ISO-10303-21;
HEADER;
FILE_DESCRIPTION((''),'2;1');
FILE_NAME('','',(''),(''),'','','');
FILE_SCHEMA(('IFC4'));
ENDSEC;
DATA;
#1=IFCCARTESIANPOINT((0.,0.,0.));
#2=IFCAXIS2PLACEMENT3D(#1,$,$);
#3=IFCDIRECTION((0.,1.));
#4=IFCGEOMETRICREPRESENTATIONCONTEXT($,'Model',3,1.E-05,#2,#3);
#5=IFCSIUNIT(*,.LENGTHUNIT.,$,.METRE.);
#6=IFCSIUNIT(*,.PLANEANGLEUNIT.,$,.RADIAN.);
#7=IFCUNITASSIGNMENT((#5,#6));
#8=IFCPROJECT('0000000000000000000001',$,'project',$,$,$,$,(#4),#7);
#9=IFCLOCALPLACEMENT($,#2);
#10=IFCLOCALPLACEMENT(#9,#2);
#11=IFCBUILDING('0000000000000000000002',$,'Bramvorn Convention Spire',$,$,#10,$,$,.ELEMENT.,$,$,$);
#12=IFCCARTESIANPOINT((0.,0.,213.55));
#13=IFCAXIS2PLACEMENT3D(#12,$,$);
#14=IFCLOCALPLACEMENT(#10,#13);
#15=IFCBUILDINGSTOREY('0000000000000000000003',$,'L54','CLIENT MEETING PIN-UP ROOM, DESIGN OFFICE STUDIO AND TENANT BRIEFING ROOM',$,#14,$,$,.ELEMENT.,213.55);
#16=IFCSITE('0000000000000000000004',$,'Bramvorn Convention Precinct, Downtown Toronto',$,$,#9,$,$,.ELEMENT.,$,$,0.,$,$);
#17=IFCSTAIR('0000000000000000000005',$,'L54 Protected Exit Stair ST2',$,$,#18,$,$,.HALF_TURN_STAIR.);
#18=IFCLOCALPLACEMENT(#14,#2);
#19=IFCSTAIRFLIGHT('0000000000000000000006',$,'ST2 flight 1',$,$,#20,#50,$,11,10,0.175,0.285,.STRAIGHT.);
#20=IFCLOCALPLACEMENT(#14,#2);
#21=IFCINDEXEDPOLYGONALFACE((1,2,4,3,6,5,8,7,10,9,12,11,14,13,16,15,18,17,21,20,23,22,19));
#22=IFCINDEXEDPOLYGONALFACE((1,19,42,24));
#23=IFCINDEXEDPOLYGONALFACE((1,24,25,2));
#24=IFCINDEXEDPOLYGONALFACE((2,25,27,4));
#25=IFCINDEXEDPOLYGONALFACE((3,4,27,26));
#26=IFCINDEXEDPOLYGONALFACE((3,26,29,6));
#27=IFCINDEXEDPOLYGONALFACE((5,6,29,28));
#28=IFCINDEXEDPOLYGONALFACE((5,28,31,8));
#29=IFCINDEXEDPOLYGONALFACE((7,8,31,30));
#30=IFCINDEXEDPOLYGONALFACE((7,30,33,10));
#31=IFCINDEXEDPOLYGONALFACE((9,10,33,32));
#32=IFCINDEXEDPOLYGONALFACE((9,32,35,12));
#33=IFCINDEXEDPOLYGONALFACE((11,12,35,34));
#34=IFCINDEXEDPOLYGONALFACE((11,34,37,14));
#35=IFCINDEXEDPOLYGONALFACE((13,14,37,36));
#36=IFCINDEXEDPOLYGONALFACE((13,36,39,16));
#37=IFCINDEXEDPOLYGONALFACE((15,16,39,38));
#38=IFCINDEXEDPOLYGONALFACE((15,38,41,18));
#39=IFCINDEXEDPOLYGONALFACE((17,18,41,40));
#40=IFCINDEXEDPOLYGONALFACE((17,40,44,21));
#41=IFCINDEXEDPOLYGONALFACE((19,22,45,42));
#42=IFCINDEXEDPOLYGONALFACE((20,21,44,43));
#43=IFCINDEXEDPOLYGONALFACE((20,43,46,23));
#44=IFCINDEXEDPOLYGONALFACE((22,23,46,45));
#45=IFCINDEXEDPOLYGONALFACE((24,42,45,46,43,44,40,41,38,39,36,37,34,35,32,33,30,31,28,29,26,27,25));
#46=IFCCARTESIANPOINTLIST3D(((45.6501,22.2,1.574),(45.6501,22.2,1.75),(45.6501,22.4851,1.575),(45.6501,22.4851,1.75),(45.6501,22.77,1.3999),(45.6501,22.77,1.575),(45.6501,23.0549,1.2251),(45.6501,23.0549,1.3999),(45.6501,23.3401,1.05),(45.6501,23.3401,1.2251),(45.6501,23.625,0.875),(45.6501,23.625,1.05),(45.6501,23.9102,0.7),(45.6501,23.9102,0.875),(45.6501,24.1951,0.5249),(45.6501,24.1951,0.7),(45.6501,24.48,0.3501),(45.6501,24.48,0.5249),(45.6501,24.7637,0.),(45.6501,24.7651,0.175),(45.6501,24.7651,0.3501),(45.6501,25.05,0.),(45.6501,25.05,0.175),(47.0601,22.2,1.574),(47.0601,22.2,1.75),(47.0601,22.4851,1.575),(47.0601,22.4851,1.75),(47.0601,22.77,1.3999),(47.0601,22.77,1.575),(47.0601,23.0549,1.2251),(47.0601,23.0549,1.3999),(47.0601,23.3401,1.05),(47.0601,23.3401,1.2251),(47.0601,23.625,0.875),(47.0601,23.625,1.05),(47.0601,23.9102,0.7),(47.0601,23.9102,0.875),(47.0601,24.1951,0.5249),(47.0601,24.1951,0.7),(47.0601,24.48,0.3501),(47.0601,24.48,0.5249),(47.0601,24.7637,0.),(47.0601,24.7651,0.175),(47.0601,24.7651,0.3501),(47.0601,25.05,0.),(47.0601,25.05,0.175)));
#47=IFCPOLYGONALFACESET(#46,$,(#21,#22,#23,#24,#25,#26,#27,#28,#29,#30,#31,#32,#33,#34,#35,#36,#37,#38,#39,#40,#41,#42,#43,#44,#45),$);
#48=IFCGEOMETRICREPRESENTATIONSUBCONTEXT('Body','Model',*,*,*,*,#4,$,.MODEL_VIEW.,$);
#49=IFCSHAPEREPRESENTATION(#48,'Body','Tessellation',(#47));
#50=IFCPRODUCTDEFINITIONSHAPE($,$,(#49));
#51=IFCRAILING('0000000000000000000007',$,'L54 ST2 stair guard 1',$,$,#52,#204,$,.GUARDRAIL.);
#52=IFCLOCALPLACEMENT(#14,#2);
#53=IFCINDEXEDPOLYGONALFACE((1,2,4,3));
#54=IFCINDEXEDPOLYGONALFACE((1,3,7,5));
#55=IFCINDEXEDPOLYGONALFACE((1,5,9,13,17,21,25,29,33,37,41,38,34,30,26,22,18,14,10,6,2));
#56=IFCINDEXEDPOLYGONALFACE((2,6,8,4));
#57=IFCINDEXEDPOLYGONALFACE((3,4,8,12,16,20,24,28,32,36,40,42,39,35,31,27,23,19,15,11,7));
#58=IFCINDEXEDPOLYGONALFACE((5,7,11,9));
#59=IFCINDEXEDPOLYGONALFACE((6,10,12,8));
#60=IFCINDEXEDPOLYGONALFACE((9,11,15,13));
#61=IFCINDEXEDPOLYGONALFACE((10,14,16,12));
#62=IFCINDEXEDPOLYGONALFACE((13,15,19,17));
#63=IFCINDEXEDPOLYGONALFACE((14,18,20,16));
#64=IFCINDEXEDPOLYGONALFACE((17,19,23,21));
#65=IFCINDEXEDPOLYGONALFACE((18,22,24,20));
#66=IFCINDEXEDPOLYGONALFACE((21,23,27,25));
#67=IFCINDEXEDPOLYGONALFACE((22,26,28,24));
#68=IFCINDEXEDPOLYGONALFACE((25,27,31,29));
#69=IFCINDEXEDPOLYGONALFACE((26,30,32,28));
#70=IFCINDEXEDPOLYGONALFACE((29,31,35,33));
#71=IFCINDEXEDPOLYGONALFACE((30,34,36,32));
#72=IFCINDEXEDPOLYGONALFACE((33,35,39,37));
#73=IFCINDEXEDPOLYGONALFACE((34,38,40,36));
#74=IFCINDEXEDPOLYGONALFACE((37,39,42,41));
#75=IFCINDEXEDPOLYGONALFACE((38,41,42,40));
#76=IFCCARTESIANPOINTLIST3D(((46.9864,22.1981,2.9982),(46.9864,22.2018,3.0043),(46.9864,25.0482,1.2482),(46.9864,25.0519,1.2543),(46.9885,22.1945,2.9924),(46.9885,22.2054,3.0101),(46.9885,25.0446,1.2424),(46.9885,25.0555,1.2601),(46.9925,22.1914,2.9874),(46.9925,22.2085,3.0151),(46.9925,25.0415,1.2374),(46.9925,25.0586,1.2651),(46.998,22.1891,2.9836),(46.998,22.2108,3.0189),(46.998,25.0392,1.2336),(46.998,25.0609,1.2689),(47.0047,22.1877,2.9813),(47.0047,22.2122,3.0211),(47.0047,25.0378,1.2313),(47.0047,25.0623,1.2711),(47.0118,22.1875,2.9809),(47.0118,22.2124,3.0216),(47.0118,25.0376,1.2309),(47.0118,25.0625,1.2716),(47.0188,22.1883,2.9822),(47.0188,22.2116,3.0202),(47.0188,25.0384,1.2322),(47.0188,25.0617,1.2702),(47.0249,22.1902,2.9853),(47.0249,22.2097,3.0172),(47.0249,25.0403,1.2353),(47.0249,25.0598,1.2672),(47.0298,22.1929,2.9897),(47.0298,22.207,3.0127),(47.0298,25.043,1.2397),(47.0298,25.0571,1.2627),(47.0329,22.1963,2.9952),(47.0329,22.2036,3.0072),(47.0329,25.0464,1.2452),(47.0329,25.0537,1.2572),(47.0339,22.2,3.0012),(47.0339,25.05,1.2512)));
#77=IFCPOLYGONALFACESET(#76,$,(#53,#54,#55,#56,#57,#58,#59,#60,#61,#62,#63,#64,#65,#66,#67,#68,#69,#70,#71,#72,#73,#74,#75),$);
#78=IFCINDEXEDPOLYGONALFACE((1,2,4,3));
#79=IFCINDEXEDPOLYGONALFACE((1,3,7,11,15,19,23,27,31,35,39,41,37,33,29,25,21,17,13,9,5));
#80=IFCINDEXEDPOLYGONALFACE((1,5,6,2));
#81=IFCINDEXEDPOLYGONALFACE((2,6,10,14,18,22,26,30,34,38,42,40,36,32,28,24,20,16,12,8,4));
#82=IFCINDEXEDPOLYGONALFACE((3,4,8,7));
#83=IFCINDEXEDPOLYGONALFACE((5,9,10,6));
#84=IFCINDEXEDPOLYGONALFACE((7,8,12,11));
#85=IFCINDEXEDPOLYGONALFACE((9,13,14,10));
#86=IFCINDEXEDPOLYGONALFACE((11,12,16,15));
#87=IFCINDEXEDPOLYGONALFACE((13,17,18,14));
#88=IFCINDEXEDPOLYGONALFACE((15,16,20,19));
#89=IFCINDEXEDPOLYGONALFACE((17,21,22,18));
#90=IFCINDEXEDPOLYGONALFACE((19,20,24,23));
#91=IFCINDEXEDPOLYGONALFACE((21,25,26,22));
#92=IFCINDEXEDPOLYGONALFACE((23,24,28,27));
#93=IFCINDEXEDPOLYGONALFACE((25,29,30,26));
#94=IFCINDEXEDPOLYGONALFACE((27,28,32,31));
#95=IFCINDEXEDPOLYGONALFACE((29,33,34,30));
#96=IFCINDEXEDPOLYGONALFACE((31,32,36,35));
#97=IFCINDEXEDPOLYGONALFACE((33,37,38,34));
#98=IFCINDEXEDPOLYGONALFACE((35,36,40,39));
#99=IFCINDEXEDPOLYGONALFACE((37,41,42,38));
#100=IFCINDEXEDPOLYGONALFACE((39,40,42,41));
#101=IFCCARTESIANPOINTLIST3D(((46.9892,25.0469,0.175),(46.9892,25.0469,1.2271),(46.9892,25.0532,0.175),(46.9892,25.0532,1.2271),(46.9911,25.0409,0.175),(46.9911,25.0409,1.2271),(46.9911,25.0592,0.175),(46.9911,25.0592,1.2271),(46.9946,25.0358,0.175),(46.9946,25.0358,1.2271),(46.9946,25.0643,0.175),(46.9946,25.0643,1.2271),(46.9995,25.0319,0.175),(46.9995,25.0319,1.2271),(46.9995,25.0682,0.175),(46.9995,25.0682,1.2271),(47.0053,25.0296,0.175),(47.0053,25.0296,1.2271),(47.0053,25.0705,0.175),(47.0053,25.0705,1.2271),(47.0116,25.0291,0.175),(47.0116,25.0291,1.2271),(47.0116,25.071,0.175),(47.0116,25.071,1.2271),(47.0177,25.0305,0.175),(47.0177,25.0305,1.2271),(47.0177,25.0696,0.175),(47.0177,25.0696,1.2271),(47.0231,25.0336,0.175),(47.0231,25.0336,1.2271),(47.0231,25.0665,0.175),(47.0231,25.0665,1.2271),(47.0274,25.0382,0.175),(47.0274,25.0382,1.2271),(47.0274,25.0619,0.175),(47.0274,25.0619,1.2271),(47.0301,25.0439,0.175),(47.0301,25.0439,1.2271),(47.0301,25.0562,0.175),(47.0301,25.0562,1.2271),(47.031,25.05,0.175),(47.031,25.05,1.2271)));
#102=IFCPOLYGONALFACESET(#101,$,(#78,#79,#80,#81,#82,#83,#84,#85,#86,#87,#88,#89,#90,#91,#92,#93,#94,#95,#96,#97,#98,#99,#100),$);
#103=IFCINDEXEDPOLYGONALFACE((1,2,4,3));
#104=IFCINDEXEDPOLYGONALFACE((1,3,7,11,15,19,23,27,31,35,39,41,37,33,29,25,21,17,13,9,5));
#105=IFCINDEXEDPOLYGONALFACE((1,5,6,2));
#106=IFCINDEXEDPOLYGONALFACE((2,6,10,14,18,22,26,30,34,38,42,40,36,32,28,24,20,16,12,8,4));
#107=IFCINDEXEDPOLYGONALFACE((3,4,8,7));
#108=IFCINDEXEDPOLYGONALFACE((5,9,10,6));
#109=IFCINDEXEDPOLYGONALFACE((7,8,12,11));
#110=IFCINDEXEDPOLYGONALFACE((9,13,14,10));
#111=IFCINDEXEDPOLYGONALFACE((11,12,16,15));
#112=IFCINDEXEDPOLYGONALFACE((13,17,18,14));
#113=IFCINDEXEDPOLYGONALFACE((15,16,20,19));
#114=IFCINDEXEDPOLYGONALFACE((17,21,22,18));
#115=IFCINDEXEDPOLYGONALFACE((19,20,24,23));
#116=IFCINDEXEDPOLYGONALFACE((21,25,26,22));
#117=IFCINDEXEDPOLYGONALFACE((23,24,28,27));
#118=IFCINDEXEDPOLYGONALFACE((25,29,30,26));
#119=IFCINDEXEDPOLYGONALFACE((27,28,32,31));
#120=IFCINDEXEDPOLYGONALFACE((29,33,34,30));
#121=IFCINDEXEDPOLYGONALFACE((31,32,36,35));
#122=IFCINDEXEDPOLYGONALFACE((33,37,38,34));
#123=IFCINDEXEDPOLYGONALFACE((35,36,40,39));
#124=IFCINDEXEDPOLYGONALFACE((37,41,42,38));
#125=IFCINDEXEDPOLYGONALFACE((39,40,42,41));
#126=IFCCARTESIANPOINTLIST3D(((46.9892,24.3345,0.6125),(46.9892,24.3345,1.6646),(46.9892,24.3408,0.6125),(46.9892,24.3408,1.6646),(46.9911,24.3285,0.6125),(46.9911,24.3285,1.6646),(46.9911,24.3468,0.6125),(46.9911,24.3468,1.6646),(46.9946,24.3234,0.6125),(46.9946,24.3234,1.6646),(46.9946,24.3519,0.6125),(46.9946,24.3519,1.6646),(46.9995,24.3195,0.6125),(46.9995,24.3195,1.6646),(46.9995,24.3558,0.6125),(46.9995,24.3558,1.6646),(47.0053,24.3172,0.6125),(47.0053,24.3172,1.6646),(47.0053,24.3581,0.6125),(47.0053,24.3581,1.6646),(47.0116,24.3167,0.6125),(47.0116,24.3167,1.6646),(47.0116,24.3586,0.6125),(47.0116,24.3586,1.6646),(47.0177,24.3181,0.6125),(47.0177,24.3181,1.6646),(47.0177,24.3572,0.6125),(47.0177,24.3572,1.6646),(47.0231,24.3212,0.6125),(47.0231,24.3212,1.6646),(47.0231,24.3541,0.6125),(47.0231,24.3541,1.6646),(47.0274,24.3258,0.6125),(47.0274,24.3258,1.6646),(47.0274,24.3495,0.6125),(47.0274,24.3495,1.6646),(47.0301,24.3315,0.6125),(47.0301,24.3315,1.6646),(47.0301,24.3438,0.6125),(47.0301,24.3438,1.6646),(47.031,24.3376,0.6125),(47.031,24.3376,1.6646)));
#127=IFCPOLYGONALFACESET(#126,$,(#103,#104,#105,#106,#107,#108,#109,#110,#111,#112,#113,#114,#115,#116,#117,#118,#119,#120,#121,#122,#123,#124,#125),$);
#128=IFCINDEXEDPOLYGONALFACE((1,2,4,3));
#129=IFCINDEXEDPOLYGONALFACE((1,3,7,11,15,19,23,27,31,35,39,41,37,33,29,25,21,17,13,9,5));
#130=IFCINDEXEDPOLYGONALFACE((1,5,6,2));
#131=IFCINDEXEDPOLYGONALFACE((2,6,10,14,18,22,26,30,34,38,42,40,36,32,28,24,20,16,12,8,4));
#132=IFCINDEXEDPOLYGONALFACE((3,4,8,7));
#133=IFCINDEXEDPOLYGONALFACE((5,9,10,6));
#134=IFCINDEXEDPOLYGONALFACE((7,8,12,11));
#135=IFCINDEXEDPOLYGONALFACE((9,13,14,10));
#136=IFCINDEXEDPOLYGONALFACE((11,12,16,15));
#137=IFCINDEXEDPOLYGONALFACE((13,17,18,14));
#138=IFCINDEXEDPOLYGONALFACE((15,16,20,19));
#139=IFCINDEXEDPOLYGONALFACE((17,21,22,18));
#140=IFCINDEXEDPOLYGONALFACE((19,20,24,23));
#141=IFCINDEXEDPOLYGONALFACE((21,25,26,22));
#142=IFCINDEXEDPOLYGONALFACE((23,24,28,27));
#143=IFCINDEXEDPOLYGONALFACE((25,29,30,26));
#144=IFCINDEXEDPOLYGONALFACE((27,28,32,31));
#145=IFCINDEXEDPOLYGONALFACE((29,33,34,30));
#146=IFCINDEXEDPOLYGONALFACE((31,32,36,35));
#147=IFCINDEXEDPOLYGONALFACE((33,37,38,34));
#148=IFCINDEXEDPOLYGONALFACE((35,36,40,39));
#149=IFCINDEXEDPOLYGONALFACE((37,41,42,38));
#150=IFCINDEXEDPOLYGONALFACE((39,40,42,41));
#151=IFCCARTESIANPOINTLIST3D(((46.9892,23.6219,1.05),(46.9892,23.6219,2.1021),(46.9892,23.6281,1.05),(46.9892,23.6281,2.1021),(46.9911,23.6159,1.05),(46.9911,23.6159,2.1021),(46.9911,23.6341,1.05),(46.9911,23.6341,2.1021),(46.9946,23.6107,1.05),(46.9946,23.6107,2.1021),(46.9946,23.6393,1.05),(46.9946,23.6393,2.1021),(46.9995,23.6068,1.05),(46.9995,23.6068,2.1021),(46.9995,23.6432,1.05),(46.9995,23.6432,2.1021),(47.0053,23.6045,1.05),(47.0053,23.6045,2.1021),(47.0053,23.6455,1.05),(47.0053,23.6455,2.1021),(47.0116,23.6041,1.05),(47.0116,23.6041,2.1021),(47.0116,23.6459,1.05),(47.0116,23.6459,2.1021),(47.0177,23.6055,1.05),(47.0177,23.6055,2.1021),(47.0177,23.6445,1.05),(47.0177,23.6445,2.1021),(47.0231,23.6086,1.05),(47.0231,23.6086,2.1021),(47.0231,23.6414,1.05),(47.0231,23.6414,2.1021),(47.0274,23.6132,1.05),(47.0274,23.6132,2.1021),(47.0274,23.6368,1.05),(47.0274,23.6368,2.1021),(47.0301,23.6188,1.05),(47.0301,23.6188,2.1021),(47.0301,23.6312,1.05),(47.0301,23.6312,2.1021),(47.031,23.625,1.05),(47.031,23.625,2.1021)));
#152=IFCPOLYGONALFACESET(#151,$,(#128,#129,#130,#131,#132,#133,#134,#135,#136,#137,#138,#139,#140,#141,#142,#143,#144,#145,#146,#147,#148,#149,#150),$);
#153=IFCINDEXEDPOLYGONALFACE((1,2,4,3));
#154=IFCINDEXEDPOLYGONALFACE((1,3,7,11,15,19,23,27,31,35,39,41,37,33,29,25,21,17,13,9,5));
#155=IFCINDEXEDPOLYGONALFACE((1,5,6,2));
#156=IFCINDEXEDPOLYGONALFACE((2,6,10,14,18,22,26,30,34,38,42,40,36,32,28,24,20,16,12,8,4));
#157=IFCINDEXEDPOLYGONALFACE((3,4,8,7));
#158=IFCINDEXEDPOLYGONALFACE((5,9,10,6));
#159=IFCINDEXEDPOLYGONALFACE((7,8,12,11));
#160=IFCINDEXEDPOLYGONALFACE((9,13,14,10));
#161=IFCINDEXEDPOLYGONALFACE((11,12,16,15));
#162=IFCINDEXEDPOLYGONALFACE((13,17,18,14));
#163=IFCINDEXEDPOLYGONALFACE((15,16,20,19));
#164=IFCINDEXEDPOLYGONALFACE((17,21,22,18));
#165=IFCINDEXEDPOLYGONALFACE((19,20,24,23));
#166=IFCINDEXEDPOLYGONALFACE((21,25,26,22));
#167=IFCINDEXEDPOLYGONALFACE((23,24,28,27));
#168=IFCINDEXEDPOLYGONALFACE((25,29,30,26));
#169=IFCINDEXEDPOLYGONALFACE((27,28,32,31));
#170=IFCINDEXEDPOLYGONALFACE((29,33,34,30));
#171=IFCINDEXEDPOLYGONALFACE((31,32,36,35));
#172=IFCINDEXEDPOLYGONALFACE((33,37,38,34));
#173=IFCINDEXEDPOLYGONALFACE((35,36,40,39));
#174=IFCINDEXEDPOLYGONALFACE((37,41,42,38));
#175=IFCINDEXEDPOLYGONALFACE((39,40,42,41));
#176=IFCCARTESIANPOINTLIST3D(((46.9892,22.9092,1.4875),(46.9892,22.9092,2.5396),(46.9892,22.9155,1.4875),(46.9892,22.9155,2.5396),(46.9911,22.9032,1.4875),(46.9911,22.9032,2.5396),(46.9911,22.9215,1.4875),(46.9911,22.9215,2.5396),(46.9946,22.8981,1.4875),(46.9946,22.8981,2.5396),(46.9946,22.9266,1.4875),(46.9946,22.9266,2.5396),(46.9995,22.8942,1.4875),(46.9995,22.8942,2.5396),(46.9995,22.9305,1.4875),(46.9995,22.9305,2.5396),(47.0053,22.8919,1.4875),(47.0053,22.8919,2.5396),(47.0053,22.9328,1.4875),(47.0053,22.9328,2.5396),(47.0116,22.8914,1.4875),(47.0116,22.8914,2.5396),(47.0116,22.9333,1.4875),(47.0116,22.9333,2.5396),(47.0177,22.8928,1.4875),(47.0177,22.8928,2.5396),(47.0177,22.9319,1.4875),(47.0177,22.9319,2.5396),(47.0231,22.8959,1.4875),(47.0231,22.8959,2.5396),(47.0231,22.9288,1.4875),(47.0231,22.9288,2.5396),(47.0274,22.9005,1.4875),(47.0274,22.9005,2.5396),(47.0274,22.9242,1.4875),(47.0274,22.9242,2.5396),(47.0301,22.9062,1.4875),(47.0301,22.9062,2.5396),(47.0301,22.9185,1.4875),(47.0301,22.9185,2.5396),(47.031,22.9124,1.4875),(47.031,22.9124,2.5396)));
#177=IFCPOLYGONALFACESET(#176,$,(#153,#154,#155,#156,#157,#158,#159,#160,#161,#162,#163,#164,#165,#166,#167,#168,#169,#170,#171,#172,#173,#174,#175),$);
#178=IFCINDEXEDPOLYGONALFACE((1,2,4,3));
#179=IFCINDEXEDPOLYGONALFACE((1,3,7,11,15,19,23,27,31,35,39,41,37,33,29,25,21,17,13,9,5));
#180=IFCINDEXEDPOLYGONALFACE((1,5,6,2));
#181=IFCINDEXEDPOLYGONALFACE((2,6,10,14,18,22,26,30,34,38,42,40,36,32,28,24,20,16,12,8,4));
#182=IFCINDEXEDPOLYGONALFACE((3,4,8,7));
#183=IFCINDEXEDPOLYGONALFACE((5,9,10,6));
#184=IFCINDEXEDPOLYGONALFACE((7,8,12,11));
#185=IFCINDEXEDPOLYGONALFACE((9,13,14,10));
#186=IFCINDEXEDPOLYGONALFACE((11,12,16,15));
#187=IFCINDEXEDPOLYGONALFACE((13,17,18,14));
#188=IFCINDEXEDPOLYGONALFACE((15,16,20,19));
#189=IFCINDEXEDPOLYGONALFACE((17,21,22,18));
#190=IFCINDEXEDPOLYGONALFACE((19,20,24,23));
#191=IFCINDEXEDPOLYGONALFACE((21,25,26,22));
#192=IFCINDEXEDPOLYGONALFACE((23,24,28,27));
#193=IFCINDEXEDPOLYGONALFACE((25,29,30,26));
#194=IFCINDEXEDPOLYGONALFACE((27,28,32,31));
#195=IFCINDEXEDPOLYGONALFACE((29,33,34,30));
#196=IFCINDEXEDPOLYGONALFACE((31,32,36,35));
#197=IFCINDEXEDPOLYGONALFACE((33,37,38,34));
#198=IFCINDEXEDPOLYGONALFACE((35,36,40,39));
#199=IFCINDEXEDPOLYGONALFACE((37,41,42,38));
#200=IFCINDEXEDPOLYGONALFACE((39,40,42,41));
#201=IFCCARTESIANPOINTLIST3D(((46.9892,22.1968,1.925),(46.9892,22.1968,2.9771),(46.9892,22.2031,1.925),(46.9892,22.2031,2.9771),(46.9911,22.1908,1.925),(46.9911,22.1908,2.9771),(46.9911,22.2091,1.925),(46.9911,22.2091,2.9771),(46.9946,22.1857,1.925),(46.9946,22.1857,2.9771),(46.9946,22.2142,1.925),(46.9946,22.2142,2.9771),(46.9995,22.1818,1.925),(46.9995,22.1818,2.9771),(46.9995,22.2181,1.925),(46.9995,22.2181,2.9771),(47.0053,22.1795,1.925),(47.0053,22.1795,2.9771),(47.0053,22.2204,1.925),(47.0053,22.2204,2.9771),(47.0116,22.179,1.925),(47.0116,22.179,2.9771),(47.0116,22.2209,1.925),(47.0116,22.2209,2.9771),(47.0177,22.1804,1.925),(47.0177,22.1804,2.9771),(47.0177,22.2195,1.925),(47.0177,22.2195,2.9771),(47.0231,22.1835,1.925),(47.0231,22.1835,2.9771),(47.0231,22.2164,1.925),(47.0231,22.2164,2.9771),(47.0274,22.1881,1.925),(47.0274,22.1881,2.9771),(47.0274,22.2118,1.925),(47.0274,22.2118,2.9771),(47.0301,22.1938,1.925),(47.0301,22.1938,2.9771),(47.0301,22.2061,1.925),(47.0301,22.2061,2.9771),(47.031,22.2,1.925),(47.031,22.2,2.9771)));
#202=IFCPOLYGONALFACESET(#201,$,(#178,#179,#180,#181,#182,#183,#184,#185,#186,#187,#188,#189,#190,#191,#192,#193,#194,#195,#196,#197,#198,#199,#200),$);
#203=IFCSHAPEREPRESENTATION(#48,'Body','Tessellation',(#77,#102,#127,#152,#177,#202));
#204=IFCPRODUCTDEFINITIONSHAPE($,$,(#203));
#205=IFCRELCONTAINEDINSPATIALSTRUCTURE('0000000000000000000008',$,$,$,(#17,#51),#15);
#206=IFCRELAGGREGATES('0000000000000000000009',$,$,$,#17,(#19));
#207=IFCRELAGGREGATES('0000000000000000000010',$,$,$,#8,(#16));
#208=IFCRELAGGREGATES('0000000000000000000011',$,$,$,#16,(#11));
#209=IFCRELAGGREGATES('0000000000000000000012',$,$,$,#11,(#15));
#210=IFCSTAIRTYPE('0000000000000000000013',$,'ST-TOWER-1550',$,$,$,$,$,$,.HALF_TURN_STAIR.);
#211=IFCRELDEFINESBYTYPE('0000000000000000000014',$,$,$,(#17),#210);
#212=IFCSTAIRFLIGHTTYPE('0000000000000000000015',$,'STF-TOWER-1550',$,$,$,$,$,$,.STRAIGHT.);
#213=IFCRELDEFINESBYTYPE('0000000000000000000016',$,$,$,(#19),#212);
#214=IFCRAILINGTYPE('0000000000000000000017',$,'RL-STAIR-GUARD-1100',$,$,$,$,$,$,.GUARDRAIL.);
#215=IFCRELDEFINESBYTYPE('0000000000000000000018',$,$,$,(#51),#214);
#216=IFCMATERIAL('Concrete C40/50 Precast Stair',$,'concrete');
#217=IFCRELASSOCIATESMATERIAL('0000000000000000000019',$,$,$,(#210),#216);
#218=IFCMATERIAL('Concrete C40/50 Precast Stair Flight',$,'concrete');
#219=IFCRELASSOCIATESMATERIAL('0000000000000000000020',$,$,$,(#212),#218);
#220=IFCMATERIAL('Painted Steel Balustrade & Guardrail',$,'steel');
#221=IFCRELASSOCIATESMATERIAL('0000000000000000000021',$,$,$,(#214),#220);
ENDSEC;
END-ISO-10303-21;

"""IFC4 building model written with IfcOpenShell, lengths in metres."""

from ifc_helpers import new_model, si_unit, direction, frame, origin, origin_2d, place, context, subcontext, project, spatial, polyline, circle, outline, extrude, material, type_object, element, aggregate, save


model = new_model("IFC4")

# Units and contexts
model_context = context("Model", 3, precision=1e-05, world=origin(), true_north=direction((0.0, 1.0)))
body_context = subcontext(model_context, "Body", "Model", "MODEL_VIEW")
ifc_project = project(units=[si_unit("LENGTHUNIT", "METRE"), si_unit("PLANEANGLEUNIT", "RADIAN")], contexts=[model_context])

# Site, building, storey
site_placement = place(None, origin())
site = spatial("IfcSite", under=ifc_project, at=site_placement, Name="Bramvorn Convention Precinct, Downtown Toronto", CompositionType="ELEMENT", RefElevation=0.0)
building_placement = place(site_placement, origin())
building = spatial("IfcBuilding", under=site, at=building_placement, Name="Bramvorn Convention Spire", CompositionType="ELEMENT")
storey_placement = place(building_placement, frame((0.0, 0.0, 213.55)))
storey = spatial("IfcBuildingStorey", under=building, at=storey_placement, Name="L54", Description="CLIENT MEETING PIN-UP ROOM, DESIGN OFFICE STUDIO AND TENANT BRIEFING ROOM", CompositionType="ELEMENT", Elevation=213.55)

# Stair, stair flight
ifc_material_1 = material(Name="Concrete C40/50 Precast Stair", Category="concrete")
stair_type = type_object("IfcStairType", Name="ST-TOWER-1550", PredefinedType="HALF_TURN_STAIR", material=ifc_material_1)
stair_placement = place(storey_placement, origin())
stair = element("IfcStair", 1, at=stair_placement, inside=storey, type_object=stair_type, Name="L54 Protected Exit Stair ST2", PredefinedType="HALF_TURN_STAIR")
ifc_material_2 = material(Name="Concrete C40/50 Precast Stair Flight", Category="concrete")
stair_flight_type = type_object("IfcStairFlightType", Name="STF-TOWER-1550", PredefinedType="STRAIGHT", material=ifc_material_2)
stair_flight_placement = place(storey_placement, frame((46.355, 25.05, 0.0), z_axis=(0.0, 0.0, 1.0), x_axis=(0.0, -1.0, 0.0)))
stair_flight = element("IfcStairFlight", 2, at=stair_flight_placement, type_object=stair_flight_type, Name="ST2 flight 1", NumberOfRisers=11, NumberOfTreads=10, PredefinedType="STRAIGHT", RiserHeight=0.175, TreadLength=0.285, context=body_context, shape_type="SweptSolid", body=[
    extrude(outline(polyline([(0.0, 0.0), (0.0, 0.175), (0.2849, 0.175), (0.2849, 0.3501), (0.5701, 0.3501), (0.5701, 0.5249), (0.855, 0.5249), (0.855, 0.7), (1.1399, 0.7), (1.1399, 0.875), (1.425, 0.875), (1.425, 1.05), (1.71, 1.05), (1.71, 1.2251), (1.9951, 1.2251), (1.9951, 1.3999), (2.28, 1.3999), (2.28, 1.575), (2.5649, 1.575), (2.5649, 1.75), (2.8501, 1.75), (2.8501, 1.925), (2.8501, 1.574), (0.2864, 0.0), (0.0, 0.0)])), frame((0.0, 0.7051, 0.0), z_axis=(0.0, -1.0, 0.0), x_axis=(1.0, 0.0, 0.0)), (0.0, 0.0, 1.0), 1.4099),
])
aggregate(stair, [stair_flight])

# Railing
ifc_material_3 = material(Name="Painted Steel Balustrade & Guardrail", Category="steel")
railing_type_1 = type_object("IfcRailingType", Name="RL-STAIR-GUARD-1100", PredefinedType="GUARDRAIL", material=ifc_material_3)
railing_1_placement = place(storey_placement, frame((47.01, 25.05, 0.175)))
element("IfcRailing", 3, at=railing_1_placement, inside=storey, type_object=railing_type_1, Name="L54 ST2 stair guard 1", PredefinedType="GUARDRAIL", context=body_context, shape_type="SweptSolid", body=[
    extrude(circle(Radius=0.0239, at=origin_2d()), frame((0.0, 0.0, 1.0762), z_axis=(0.0, -0.852179, 0.52325), x_axis=(1.0, 0.0, 0.0)), (0.0, 0.0, 1.0), 3.3445),
    extrude(circle(Radius=0.021, at=origin_2d()), origin(), (0.0, 0.0, 1.0), 1.052),
    extrude(circle(Radius=0.021, at=origin_2d()), frame((0.0, -0.7124, 0.4375)), (0.0, 0.0, 1.0), 1.052),
    extrude(circle(Radius=0.021, at=origin_2d()), frame((0.0, -1.425, 0.875)), (0.0, 0.0, 1.0), 1.052),
    extrude(circle(Radius=0.021, at=origin_2d()), frame((0.0, -2.1377, 1.3125)), (0.0, 0.0, 1.0), 1.052),
    extrude(circle(Radius=0.021, at=origin_2d()), frame((0.0, -2.8501, 1.75)), (0.0, 0.0, 1.0), 1.052),
])

save(model, "model.ifc")
